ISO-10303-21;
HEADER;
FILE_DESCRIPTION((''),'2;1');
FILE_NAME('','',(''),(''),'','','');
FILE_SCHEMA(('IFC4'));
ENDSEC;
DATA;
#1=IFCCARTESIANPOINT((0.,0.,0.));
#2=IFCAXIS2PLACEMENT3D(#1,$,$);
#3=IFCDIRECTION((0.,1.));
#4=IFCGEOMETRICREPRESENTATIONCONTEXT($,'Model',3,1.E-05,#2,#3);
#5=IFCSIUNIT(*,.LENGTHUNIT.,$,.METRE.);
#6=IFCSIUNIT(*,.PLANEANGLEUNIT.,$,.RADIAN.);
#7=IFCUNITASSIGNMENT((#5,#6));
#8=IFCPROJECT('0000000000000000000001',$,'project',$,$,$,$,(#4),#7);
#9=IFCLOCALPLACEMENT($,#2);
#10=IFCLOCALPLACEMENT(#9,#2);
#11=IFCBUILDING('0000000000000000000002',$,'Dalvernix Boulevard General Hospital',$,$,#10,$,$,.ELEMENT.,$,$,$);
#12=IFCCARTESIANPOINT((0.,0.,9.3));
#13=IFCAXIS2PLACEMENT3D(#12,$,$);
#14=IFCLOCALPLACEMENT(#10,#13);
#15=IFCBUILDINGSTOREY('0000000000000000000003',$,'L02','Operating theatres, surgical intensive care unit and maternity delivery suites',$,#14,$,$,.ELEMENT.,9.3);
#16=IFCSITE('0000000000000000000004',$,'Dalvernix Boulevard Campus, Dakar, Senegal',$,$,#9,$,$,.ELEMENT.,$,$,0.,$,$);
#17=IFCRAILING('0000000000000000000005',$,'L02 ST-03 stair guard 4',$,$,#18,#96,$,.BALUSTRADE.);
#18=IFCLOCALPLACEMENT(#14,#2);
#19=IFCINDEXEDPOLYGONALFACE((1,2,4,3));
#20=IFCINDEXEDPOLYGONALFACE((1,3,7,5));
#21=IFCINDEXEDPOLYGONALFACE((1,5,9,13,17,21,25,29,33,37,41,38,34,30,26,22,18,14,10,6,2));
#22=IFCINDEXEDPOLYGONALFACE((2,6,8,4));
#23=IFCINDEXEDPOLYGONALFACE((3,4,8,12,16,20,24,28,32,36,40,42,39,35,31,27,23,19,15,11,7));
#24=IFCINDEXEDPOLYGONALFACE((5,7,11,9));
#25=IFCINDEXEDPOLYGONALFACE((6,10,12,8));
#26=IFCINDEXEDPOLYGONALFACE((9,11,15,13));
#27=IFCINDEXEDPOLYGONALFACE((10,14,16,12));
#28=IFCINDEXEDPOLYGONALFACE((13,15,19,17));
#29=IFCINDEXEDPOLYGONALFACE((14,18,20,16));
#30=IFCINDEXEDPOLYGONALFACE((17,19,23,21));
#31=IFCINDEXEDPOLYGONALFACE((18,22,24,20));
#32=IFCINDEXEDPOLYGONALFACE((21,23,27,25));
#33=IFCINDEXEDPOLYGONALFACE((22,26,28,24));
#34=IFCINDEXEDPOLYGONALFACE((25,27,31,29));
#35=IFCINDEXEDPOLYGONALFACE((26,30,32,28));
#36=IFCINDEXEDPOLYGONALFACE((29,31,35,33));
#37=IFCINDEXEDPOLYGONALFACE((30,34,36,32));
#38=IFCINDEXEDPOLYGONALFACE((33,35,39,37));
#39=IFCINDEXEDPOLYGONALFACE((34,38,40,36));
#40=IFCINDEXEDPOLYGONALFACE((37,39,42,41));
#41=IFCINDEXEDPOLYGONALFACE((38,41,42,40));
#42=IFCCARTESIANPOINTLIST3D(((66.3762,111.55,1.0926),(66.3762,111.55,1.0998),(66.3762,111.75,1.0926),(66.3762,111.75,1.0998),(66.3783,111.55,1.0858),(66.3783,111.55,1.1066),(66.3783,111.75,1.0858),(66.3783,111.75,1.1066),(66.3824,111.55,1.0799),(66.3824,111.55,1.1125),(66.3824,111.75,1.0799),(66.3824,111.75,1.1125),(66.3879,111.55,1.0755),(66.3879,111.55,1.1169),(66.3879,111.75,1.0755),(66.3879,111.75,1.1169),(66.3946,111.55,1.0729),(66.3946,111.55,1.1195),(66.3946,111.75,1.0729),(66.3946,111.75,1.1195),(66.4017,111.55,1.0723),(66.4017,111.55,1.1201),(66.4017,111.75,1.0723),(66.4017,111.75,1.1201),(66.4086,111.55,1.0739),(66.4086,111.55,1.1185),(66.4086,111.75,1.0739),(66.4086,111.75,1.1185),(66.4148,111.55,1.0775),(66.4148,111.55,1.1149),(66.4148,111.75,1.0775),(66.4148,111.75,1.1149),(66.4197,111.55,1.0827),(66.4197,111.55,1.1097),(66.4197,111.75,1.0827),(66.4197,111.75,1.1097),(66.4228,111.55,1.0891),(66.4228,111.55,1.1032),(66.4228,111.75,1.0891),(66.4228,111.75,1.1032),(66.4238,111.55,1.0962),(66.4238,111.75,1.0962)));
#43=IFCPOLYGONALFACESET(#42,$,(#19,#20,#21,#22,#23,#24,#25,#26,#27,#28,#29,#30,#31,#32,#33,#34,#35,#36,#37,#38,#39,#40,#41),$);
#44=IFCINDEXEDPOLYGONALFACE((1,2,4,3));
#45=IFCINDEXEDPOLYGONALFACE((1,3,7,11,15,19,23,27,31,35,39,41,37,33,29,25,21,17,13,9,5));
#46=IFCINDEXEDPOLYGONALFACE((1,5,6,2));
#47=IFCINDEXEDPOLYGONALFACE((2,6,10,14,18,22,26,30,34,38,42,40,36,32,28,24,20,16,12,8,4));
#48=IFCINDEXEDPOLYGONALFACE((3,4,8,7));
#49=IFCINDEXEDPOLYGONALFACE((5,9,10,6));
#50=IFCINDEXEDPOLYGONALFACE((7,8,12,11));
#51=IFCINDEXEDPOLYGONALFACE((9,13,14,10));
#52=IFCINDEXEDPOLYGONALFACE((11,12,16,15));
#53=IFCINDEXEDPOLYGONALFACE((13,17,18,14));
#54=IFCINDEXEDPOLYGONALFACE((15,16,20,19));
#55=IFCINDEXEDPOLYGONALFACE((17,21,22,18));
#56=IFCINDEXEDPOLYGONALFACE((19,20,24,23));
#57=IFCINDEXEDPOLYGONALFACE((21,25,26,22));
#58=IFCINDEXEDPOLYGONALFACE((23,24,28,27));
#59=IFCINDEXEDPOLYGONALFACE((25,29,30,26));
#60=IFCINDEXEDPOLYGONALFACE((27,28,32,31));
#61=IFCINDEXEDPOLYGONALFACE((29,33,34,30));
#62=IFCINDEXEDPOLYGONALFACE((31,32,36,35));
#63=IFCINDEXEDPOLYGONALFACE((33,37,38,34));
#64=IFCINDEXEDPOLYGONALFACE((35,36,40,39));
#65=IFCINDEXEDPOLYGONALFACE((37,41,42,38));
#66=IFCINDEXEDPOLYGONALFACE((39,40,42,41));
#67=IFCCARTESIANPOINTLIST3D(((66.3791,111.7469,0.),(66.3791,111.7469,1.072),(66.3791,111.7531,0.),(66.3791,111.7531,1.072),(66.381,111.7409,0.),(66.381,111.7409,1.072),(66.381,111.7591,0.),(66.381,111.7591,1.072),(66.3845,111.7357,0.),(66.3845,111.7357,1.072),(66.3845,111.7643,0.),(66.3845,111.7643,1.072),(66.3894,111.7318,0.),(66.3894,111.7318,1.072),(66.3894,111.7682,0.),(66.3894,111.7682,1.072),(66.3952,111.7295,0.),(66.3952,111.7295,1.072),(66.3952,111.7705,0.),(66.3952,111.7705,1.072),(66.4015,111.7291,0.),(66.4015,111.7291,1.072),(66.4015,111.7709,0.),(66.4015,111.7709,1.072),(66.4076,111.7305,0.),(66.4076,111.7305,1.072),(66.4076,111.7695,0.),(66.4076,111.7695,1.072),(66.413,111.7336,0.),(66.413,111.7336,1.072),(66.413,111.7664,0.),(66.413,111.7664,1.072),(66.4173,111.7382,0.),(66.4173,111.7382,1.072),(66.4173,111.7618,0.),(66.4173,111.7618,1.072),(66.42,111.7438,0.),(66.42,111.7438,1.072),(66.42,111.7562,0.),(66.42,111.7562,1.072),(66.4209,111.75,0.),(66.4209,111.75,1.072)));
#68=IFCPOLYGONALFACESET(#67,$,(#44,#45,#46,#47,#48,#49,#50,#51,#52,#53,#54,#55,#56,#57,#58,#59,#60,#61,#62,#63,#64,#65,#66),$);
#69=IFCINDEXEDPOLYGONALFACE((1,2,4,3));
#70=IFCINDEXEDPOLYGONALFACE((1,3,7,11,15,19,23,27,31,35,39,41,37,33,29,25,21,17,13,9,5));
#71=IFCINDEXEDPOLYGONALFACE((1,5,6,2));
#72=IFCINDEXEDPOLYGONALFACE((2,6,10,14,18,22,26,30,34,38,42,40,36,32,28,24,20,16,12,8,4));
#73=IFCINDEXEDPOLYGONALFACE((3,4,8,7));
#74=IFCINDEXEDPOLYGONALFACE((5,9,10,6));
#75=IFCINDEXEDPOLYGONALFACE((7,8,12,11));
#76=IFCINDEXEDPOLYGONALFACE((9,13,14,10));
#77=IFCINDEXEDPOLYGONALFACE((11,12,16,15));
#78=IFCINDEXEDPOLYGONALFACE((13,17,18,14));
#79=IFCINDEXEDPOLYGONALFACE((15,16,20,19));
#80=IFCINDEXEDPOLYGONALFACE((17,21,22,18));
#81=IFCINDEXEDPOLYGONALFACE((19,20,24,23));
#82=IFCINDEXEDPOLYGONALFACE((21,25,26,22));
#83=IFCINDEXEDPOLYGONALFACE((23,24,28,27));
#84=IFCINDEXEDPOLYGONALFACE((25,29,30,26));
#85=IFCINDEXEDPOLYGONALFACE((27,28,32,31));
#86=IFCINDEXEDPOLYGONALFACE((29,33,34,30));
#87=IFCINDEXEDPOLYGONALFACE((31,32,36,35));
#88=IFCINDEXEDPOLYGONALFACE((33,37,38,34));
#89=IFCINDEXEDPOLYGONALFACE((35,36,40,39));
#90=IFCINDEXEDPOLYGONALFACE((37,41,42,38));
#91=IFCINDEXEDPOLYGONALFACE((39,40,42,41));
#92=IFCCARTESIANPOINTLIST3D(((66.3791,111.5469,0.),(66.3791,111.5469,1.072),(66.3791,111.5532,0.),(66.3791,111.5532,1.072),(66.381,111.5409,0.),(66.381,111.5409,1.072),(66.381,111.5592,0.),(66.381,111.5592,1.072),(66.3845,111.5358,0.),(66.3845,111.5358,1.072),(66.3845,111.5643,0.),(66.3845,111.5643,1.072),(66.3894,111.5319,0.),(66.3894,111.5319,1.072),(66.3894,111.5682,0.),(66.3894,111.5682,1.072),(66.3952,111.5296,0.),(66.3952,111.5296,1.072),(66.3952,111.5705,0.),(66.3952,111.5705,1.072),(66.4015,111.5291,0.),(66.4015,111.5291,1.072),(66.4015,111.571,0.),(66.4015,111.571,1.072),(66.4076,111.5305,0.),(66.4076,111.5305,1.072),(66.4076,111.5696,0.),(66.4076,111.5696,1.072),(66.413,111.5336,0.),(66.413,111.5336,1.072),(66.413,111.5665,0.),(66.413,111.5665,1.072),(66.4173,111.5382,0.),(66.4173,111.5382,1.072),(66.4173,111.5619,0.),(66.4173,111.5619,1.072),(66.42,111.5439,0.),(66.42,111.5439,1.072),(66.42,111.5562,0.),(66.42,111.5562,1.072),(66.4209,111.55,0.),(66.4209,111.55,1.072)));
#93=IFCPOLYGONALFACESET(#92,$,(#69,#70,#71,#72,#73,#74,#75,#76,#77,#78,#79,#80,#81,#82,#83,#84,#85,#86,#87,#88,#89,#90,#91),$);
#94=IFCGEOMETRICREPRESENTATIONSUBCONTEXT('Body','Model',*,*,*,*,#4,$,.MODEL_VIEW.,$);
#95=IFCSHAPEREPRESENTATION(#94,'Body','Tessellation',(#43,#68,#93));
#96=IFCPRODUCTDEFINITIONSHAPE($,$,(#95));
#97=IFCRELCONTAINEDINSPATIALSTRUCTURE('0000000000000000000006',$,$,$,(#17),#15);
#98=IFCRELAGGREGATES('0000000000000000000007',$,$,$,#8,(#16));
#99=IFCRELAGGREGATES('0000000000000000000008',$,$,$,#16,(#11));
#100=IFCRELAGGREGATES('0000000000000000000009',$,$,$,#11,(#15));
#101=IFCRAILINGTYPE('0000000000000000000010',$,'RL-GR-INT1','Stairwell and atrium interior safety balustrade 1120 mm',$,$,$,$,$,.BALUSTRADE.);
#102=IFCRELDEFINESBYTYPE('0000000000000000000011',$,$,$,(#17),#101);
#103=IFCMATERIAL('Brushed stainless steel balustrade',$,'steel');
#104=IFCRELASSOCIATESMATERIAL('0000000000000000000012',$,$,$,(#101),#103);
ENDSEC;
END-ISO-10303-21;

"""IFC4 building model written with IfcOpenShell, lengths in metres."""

from ifc_helpers import new_model, si_unit, direction, frame, origin, origin_2d, place, context, subcontext, project, spatial, circle, extrude, material, type_object, element, save


model = new_model("IFC4")

# Units and contexts
model_context = context("Model", 3, precision=1e-05, world=origin(), true_north=direction((0.0, 1.0)))
body_context = subcontext(model_context, "Body", "Model", "MODEL_VIEW")
ifc_project = project(units=[si_unit("LENGTHUNIT", "METRE"), si_unit("PLANEANGLEUNIT", "RADIAN")], contexts=[model_context])

# Site, building, storey
site_placement = place(None, origin())
site = spatial("IfcSite", under=ifc_project, at=site_placement, Name="Dalvernix Boulevard Campus, Dakar, Senegal", CompositionType="ELEMENT", RefElevation=0.0)
building_placement = place(site_placement, origin())
building = spatial("IfcBuilding", under=site, at=building_placement, Name="Dalvernix Boulevard General Hospital", CompositionType="ELEMENT")
storey_placement = place(building_placement, frame((0.0, 0.0, 9.3)))
storey = spatial("IfcBuildingStorey", under=building, at=storey_placement, Name="L02", Description="Operating theatres, surgical intensive care unit and maternity delivery suites", CompositionType="ELEMENT", Elevation=9.3)

# Railing
ifc_material_1 = material(Name="Brushed stainless steel balustrade", Category="steel")
railing_type_1 = type_object("IfcRailingType", Name="RL-GR-INT1", Description="Stairwell and atrium interior safety balustrade 1120 mm", PredefinedType="BALUSTRADE", material=ifc_material_1)
railing_1_placement = place(storey_placement, frame((66.3999, 111.75, 0.0)))
element("IfcRailing", 1, at=railing_1_placement, inside=storey, type_object=railing_type_1, Name="L02 ST-03 stair guard 4", PredefinedType="BALUSTRADE", context=body_context, shape_type="SweptSolid", body=[
    extrude(circle(Radius=0.0239, at=origin_2d()), frame((0.0, 0.0, 1.0962), z_axis=(0.0, -1.0, 0.0), x_axis=(1.0, 0.0, 0.0)), (0.0, 0.0, 1.0), 0.2),
    extrude(circle(Radius=0.021, at=origin_2d()), origin(), (0.0, 0.0, 1.0), 1.072),
    extrude(circle(Radius=0.021, at=origin_2d()), frame((0.0, -0.2, 0.0)), (0.0, 0.0, 1.0), 1.072),
])

save(model, "model.ifc")
